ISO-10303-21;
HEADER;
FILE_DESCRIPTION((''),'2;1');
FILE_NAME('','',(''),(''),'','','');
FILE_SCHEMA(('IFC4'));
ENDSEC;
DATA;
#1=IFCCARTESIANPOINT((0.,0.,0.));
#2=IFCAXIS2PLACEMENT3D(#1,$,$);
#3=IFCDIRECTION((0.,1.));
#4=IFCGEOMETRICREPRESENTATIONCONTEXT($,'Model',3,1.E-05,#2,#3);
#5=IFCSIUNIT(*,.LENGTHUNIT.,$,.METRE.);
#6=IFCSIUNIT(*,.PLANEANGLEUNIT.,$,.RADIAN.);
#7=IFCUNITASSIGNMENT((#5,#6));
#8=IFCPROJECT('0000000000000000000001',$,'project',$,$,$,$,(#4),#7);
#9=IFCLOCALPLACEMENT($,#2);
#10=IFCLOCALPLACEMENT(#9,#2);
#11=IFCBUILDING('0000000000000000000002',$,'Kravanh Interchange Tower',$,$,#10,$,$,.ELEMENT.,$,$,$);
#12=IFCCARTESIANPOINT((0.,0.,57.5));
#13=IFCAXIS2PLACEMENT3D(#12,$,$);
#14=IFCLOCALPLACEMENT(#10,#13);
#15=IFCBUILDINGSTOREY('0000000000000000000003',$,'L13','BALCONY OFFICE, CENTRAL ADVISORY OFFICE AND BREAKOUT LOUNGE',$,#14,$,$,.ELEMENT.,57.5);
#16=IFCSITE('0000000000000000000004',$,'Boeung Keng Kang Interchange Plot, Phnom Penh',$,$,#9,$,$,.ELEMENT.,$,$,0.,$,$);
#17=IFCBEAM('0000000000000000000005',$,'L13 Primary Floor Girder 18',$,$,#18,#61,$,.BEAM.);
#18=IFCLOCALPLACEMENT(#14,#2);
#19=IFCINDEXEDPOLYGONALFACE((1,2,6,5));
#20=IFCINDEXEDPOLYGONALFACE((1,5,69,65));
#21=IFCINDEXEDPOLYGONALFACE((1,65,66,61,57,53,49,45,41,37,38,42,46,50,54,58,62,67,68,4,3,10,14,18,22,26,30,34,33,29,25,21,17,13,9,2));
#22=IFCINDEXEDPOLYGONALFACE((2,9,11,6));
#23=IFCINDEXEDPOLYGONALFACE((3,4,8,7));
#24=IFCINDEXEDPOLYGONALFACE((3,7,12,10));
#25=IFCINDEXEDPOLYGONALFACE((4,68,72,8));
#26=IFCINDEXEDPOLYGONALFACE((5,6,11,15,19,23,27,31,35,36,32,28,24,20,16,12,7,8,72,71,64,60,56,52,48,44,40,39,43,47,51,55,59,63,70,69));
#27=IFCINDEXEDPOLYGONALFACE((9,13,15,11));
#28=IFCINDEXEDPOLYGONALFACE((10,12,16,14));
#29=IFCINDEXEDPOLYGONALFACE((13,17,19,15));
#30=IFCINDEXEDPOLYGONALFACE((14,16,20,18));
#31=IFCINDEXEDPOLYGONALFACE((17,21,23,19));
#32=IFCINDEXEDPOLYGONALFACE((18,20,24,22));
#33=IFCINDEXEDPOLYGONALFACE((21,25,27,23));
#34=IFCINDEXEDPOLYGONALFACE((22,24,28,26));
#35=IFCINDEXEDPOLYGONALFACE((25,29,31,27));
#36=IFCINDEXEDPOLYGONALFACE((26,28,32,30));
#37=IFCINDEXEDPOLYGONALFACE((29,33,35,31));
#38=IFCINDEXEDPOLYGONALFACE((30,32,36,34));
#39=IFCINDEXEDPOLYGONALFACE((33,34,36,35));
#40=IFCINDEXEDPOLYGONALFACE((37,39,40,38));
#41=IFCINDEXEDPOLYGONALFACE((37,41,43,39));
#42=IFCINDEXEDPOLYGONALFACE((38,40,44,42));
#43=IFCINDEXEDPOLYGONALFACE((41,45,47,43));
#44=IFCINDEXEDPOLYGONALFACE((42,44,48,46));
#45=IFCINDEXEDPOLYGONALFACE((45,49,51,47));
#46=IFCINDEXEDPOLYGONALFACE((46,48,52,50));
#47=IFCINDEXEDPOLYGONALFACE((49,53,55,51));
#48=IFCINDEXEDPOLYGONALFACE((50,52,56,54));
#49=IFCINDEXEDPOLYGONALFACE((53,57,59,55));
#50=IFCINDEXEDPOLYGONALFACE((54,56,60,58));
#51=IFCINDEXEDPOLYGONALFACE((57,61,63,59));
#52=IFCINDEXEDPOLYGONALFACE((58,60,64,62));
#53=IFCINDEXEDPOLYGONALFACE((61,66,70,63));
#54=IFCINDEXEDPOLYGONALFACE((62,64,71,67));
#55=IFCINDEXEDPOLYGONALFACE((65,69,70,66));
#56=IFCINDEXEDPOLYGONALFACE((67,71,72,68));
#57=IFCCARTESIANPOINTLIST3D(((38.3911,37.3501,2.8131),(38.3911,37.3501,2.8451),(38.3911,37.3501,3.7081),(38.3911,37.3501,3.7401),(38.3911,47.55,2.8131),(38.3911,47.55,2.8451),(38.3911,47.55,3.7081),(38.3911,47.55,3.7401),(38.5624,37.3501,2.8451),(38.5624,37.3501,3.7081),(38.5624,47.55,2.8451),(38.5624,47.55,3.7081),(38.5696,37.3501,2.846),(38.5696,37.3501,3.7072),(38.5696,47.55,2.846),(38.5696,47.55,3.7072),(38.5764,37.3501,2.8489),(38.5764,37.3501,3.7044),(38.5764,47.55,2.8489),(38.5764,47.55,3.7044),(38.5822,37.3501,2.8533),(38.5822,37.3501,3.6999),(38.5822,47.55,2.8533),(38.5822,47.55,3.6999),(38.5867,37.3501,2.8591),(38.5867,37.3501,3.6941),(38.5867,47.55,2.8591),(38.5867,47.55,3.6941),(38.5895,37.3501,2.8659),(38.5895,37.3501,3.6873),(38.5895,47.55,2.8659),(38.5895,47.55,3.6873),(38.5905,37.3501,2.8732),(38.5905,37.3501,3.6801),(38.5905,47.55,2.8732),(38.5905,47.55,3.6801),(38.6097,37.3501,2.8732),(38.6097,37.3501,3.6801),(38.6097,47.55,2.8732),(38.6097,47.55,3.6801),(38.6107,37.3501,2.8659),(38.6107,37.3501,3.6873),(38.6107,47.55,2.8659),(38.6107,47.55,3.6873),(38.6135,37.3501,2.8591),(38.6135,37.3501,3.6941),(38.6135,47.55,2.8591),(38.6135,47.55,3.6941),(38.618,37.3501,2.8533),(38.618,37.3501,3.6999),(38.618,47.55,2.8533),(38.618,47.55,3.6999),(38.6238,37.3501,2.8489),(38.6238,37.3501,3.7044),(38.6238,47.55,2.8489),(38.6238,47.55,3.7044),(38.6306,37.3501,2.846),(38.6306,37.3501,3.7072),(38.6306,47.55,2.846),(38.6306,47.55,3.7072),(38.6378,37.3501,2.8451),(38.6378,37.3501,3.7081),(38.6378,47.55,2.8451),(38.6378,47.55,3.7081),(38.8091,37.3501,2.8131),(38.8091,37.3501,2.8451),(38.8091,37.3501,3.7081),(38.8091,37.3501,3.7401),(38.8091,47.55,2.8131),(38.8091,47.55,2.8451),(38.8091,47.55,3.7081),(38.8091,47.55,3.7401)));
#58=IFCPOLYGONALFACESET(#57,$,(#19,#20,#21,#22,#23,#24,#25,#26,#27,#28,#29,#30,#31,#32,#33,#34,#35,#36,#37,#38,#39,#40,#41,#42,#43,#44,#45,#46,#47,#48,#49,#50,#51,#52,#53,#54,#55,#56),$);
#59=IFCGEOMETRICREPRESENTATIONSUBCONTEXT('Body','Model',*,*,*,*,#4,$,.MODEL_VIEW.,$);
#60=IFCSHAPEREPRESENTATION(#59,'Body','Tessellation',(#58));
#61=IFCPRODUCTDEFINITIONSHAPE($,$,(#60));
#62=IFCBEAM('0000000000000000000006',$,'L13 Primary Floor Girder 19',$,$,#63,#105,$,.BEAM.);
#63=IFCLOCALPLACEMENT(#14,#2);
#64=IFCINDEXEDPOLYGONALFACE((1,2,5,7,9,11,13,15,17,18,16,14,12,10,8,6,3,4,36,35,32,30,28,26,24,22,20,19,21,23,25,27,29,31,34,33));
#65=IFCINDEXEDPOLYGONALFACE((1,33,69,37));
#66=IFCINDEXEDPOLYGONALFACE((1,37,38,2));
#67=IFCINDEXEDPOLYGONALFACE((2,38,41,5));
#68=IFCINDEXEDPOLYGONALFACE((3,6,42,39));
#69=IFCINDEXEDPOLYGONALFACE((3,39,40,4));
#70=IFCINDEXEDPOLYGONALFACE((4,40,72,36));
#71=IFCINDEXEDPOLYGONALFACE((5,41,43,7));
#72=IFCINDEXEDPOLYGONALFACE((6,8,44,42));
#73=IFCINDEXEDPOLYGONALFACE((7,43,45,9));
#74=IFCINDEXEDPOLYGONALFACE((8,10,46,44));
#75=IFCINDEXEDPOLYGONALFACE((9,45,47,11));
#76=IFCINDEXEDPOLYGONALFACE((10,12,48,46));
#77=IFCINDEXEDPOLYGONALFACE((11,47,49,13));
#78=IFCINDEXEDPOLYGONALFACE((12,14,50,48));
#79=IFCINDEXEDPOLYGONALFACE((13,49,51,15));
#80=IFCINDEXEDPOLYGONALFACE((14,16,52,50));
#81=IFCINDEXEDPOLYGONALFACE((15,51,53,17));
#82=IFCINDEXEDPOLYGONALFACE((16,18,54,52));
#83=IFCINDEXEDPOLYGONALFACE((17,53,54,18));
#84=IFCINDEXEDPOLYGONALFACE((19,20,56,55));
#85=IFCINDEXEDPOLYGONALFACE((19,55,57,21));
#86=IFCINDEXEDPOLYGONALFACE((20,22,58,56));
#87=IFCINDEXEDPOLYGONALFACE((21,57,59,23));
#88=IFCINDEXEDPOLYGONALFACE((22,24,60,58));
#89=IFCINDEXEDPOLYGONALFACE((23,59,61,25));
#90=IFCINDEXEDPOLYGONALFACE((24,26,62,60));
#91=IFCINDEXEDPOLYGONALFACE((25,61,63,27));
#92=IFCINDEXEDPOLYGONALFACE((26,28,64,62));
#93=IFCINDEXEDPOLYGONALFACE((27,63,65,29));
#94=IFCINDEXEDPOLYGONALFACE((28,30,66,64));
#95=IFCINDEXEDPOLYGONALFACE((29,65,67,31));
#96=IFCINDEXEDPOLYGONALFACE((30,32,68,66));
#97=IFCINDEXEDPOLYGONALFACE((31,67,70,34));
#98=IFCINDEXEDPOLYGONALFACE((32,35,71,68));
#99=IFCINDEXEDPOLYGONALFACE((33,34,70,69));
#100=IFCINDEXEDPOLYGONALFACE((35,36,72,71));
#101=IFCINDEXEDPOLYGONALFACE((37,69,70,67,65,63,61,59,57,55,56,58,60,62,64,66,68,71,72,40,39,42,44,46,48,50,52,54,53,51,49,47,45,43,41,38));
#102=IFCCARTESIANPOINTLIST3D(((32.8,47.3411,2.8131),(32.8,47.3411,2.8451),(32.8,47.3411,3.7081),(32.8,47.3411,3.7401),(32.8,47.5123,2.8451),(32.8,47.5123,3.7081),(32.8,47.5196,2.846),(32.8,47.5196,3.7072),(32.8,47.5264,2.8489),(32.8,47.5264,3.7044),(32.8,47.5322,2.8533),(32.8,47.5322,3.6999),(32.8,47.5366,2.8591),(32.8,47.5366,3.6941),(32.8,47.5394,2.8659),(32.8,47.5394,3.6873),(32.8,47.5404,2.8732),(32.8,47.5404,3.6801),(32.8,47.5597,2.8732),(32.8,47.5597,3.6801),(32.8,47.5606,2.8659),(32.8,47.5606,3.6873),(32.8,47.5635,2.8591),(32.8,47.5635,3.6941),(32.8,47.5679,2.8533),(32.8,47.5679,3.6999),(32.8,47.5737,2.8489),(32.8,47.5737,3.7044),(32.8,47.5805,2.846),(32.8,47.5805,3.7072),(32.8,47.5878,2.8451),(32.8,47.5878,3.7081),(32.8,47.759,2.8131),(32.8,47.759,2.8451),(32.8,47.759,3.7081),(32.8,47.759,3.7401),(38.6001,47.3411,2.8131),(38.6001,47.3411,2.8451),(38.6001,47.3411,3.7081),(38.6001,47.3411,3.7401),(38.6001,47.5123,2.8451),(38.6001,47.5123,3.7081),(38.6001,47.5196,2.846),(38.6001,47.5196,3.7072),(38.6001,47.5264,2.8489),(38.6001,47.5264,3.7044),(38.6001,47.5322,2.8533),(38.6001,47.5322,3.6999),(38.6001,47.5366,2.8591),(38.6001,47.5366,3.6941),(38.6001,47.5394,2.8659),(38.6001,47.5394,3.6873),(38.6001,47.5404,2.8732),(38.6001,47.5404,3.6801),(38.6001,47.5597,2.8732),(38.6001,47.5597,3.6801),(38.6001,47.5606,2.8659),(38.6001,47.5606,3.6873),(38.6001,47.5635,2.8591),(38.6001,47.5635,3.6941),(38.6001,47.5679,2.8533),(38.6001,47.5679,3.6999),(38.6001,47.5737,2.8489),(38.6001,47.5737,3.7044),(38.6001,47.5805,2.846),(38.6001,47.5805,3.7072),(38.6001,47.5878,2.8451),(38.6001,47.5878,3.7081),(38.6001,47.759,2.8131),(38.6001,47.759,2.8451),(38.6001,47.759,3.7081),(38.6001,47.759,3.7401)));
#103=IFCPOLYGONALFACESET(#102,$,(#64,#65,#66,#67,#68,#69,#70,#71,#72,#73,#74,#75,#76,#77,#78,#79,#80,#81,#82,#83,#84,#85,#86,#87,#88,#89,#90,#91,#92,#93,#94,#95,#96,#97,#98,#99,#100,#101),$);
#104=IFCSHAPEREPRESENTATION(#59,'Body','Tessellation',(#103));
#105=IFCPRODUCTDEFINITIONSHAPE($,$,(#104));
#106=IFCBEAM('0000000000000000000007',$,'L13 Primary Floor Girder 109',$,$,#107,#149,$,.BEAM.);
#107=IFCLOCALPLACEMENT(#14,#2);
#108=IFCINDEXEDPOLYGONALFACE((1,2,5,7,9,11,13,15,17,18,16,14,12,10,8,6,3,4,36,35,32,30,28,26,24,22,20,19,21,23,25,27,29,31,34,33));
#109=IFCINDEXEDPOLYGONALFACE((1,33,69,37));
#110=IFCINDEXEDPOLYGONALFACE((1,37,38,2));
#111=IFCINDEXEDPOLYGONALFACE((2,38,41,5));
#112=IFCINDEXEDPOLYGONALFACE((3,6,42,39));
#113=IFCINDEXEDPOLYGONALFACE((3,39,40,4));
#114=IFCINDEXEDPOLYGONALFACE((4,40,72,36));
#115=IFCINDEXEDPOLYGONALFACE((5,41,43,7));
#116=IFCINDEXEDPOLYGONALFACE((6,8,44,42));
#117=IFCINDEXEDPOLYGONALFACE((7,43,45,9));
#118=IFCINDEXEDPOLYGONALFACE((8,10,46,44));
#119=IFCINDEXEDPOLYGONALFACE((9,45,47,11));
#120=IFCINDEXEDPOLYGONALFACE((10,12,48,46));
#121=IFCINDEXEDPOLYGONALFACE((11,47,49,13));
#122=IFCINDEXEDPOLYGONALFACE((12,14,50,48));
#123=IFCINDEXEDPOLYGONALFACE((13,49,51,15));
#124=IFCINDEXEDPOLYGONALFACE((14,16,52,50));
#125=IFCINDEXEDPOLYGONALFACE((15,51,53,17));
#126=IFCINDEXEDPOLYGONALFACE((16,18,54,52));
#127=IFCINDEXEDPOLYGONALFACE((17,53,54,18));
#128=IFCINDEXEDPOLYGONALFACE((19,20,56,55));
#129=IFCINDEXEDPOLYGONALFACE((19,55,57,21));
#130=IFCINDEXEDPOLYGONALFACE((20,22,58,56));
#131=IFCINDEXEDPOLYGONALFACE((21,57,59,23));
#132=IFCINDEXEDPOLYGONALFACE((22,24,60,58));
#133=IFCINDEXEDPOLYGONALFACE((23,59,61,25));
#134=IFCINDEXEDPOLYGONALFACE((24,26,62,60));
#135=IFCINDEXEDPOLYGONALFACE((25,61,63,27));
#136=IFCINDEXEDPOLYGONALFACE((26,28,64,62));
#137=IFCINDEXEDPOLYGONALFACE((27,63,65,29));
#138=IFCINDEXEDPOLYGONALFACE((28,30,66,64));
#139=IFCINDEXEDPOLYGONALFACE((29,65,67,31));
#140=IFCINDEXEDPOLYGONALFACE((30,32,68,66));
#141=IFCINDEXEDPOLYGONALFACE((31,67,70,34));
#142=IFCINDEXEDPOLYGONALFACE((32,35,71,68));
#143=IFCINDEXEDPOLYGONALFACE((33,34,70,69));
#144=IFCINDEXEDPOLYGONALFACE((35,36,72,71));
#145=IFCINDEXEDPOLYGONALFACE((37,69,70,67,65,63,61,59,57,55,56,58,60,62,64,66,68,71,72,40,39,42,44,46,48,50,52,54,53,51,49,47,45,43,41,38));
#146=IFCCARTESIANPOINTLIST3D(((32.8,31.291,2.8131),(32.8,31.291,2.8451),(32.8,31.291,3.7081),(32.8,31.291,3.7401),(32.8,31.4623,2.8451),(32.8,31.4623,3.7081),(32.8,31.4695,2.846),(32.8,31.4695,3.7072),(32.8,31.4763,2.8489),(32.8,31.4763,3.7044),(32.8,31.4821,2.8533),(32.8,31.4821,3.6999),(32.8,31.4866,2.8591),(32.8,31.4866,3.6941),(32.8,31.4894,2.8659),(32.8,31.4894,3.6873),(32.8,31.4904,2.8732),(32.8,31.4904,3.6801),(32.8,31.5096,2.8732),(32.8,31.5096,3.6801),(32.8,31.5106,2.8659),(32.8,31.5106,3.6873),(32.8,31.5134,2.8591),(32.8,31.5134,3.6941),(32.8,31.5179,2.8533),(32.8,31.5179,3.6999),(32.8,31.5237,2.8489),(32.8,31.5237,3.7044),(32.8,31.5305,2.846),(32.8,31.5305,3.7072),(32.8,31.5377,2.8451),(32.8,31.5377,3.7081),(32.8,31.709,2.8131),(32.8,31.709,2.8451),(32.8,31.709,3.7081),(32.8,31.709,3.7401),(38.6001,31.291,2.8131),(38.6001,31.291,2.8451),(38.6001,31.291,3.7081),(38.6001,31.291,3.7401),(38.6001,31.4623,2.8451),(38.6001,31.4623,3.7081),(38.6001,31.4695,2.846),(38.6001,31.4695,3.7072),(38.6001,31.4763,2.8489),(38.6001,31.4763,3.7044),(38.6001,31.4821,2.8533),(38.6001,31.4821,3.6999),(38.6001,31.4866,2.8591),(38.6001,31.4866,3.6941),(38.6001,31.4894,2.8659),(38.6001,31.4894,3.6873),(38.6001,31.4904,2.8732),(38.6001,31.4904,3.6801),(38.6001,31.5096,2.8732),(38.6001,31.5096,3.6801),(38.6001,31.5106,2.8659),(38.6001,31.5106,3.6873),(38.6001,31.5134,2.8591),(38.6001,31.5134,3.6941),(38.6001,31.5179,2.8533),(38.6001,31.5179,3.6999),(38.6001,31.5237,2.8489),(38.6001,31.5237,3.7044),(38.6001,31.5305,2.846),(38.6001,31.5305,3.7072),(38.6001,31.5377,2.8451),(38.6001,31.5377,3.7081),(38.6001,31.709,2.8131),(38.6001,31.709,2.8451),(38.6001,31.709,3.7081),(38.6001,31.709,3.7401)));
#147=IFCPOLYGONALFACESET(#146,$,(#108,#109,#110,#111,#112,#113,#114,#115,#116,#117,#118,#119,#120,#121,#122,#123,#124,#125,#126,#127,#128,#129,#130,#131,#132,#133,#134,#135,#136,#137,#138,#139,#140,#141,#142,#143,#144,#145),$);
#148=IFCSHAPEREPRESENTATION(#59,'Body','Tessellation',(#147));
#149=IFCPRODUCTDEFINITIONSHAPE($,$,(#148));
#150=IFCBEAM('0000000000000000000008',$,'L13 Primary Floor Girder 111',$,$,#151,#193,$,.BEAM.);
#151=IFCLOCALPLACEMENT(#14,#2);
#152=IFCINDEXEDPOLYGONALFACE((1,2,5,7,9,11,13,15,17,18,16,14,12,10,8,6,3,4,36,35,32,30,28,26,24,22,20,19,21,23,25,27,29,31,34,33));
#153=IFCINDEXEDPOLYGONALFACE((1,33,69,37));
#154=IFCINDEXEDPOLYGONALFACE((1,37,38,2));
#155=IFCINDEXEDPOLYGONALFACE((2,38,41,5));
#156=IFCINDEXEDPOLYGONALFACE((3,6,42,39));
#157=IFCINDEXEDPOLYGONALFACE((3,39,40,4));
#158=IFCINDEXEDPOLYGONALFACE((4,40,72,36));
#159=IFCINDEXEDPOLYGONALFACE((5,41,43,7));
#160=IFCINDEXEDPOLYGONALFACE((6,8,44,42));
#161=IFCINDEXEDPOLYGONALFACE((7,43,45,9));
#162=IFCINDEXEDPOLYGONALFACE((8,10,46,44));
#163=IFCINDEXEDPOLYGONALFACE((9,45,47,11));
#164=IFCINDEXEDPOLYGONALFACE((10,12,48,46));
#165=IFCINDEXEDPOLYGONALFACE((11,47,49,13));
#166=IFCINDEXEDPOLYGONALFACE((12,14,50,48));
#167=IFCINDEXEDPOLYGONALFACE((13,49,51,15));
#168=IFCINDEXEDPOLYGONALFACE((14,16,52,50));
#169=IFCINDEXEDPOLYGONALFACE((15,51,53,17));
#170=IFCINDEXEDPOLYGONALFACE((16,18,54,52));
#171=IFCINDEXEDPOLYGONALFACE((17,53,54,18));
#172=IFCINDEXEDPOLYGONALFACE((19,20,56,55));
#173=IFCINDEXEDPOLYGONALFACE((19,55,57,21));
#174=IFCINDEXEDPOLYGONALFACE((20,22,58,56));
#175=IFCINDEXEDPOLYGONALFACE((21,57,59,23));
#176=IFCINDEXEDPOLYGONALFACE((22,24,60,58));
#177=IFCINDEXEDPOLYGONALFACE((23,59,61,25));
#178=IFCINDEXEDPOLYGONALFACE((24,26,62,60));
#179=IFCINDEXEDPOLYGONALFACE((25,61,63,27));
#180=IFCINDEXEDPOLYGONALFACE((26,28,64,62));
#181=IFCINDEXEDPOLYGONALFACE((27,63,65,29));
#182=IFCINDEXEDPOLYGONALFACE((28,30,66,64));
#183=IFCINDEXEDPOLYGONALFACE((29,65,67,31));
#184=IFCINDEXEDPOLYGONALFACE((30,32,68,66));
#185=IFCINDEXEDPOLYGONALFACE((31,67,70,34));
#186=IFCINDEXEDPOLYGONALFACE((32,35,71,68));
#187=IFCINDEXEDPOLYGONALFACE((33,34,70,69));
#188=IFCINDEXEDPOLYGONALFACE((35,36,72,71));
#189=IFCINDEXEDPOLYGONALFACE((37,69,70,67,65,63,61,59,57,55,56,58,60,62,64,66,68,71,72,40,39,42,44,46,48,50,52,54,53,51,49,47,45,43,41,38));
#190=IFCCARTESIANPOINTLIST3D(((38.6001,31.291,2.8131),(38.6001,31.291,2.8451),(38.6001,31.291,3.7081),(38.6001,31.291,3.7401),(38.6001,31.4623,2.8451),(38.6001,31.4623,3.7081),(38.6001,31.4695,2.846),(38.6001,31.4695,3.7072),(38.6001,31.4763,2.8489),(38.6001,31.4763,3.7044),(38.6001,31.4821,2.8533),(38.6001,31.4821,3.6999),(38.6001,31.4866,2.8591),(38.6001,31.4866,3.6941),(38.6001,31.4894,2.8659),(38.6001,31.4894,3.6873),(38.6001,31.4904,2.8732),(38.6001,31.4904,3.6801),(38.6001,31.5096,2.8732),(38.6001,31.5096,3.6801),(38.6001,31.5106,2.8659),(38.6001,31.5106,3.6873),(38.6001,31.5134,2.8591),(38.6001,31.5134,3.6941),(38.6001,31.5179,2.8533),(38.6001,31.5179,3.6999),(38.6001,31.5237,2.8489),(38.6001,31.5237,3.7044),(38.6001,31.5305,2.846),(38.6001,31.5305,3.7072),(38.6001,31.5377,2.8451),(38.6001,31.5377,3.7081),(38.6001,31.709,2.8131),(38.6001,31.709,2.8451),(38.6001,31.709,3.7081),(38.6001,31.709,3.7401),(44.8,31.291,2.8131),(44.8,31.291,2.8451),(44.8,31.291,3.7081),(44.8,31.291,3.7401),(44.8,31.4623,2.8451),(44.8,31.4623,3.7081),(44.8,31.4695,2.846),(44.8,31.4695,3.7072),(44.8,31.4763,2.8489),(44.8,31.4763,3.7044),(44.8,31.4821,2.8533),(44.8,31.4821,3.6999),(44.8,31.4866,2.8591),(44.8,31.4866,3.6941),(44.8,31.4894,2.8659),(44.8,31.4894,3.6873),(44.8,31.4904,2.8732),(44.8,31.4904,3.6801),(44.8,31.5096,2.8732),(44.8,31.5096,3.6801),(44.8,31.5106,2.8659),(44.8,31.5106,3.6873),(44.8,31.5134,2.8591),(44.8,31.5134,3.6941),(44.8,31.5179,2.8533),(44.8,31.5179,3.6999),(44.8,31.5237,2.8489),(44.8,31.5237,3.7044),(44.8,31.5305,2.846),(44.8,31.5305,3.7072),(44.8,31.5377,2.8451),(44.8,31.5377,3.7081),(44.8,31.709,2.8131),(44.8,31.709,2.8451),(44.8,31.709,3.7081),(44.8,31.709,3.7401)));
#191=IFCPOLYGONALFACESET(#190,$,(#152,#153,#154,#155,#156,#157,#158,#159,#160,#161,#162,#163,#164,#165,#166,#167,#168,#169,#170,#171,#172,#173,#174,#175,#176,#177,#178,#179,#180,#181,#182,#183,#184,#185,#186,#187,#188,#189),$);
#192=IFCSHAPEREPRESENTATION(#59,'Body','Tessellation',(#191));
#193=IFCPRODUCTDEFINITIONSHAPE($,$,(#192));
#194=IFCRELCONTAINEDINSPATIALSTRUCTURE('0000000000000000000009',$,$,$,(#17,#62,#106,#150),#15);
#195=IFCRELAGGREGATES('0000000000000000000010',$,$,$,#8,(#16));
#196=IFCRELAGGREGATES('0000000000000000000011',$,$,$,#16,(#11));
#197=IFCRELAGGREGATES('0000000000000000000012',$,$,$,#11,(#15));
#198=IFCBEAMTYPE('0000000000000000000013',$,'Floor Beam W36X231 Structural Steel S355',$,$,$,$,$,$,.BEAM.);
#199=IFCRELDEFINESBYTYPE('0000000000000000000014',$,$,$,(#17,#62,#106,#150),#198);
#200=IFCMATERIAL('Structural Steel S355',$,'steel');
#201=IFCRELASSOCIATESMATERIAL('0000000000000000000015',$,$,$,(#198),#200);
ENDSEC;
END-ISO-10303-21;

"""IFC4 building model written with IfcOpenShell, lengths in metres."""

from ifc_helpers import new_model, si_unit, direction, frame, origin, origin_2d, place, context, subcontext, project, spatial, i_section, extrude, material, material_profile, profile_set, type_object, element, save


model = new_model("IFC4")

# Units and contexts
model_context = context("Model", 3, precision=1e-05, world=origin(), true_north=direction((0.0, 1.0)))
body_context = subcontext(model_context, "Body", "Model", "MODEL_VIEW")
ifc_project = project(units=[si_unit("LENGTHUNIT", "METRE"), si_unit("PLANEANGLEUNIT", "RADIAN")], contexts=[model_context])

# Site, building, storey
site_placement = place(None, origin())
site = spatial("IfcSite", under=ifc_project, at=site_placement, Name="Boeung Keng Kang Interchange Plot, Phnom Penh", CompositionType="ELEMENT", RefElevation=0.0)
building_placement = place(site_placement, origin())
building = spatial("IfcBuilding", under=site, at=building_placement, Name="Kravanh Interchange Tower", CompositionType="ELEMENT")
storey_placement = place(building_placement, frame((0.0, 0.0, 57.5)))
storey = spatial("IfcBuildingStorey", under=building, at=storey_placement, Name="L13", Description="BALCONY OFFICE, CENTRAL ADVISORY OFFICE AND BREAKOUT LOUNGE", CompositionType="ELEMENT", Elevation=57.5)

# Beams
ifc_material_1 = material(Name="Structural Steel S355", Category="steel")
ifc_material_profile_1 = material_profile(ifc_material_1, i_section(OverallWidth=0.418, OverallDepth=0.927, WebThickness=0.0193, FlangeThickness=0.032, FilletRadius=0.0281, at=origin_2d()), Name="W36X231")
ifc_profile_set_1 = profile_set([ifc_material_profile_1], Name="Structural Steel S355")
beam_type_1 = type_object("IfcBeamType", Name="Floor Beam W36X231 Structural Steel S355", PredefinedType="BEAM", material=ifc_profile_set_1)
beam_1_placement = place(storey_placement, frame((38.6001, 37.3501, 3.2766), z_axis=(0.0, 1.0, 0.0), x_axis=(-1.0, 0.0, 0.0)))
element("IfcBeam", 1, at=beam_1_placement, inside=storey, type_object=beam_type_1, Name="L13 Primary Floor Girder 18", PredefinedType="BEAM", context=body_context, shape_type="SweptSolid", body=[
    extrude(i_section(OverallWidth=0.418, OverallDepth=0.927, WebThickness=0.0193, FlangeThickness=0.032, FilletRadius=0.0281, at=origin_2d()), origin(), (0.0, 0.0, 1.0), 10.2),
])
for number, where, z_axis, x_axis, name in (
    (2, (38.6001, 47.55, 3.2766), (-1.0, 0.0, 0.0), (0.0, -1.0, 0.0), "L13 Primary Floor Girder 19"),
    (3, (32.8, 31.5, 3.2766), (1.0, 0.0, 0.0), (0.0, 1.0, 0.0), "L13 Primary Floor Girder 109"),
):
    element("IfcBeam", number, at=place(storey_placement, frame(where, z_axis=z_axis, x_axis=x_axis)), inside=storey, type_object=beam_type_1, Name=name, PredefinedType="BEAM", context=body_context, shape_type="SweptSolid", body=[
        extrude(i_section(OverallWidth=0.418, OverallDepth=0.927, WebThickness=0.0193, FlangeThickness=0.032, FilletRadius=0.0281, at=origin_2d()), origin(), (0.0, 0.0, 1.0), 5.8),
    ])
beam_2_placement = place(storey_placement, frame((38.6001, 31.5, 3.2766), z_axis=(1.0, 0.0, 0.0), x_axis=(0.0, 1.0, 0.0)))
element("IfcBeam", 4, at=beam_2_placement, inside=storey, type_object=beam_type_1, Name="L13 Primary Floor Girder 111", PredefinedType="BEAM", context=body_context, shape_type="SweptSolid", body=[
    extrude(i_section(OverallWidth=0.418, OverallDepth=0.927, WebThickness=0.0193, FlangeThickness=0.032, FilletRadius=0.0281, at=origin_2d()), origin(), (0.0, 0.0, 1.0), 6.2),
])

save(model, "model.ifc")
